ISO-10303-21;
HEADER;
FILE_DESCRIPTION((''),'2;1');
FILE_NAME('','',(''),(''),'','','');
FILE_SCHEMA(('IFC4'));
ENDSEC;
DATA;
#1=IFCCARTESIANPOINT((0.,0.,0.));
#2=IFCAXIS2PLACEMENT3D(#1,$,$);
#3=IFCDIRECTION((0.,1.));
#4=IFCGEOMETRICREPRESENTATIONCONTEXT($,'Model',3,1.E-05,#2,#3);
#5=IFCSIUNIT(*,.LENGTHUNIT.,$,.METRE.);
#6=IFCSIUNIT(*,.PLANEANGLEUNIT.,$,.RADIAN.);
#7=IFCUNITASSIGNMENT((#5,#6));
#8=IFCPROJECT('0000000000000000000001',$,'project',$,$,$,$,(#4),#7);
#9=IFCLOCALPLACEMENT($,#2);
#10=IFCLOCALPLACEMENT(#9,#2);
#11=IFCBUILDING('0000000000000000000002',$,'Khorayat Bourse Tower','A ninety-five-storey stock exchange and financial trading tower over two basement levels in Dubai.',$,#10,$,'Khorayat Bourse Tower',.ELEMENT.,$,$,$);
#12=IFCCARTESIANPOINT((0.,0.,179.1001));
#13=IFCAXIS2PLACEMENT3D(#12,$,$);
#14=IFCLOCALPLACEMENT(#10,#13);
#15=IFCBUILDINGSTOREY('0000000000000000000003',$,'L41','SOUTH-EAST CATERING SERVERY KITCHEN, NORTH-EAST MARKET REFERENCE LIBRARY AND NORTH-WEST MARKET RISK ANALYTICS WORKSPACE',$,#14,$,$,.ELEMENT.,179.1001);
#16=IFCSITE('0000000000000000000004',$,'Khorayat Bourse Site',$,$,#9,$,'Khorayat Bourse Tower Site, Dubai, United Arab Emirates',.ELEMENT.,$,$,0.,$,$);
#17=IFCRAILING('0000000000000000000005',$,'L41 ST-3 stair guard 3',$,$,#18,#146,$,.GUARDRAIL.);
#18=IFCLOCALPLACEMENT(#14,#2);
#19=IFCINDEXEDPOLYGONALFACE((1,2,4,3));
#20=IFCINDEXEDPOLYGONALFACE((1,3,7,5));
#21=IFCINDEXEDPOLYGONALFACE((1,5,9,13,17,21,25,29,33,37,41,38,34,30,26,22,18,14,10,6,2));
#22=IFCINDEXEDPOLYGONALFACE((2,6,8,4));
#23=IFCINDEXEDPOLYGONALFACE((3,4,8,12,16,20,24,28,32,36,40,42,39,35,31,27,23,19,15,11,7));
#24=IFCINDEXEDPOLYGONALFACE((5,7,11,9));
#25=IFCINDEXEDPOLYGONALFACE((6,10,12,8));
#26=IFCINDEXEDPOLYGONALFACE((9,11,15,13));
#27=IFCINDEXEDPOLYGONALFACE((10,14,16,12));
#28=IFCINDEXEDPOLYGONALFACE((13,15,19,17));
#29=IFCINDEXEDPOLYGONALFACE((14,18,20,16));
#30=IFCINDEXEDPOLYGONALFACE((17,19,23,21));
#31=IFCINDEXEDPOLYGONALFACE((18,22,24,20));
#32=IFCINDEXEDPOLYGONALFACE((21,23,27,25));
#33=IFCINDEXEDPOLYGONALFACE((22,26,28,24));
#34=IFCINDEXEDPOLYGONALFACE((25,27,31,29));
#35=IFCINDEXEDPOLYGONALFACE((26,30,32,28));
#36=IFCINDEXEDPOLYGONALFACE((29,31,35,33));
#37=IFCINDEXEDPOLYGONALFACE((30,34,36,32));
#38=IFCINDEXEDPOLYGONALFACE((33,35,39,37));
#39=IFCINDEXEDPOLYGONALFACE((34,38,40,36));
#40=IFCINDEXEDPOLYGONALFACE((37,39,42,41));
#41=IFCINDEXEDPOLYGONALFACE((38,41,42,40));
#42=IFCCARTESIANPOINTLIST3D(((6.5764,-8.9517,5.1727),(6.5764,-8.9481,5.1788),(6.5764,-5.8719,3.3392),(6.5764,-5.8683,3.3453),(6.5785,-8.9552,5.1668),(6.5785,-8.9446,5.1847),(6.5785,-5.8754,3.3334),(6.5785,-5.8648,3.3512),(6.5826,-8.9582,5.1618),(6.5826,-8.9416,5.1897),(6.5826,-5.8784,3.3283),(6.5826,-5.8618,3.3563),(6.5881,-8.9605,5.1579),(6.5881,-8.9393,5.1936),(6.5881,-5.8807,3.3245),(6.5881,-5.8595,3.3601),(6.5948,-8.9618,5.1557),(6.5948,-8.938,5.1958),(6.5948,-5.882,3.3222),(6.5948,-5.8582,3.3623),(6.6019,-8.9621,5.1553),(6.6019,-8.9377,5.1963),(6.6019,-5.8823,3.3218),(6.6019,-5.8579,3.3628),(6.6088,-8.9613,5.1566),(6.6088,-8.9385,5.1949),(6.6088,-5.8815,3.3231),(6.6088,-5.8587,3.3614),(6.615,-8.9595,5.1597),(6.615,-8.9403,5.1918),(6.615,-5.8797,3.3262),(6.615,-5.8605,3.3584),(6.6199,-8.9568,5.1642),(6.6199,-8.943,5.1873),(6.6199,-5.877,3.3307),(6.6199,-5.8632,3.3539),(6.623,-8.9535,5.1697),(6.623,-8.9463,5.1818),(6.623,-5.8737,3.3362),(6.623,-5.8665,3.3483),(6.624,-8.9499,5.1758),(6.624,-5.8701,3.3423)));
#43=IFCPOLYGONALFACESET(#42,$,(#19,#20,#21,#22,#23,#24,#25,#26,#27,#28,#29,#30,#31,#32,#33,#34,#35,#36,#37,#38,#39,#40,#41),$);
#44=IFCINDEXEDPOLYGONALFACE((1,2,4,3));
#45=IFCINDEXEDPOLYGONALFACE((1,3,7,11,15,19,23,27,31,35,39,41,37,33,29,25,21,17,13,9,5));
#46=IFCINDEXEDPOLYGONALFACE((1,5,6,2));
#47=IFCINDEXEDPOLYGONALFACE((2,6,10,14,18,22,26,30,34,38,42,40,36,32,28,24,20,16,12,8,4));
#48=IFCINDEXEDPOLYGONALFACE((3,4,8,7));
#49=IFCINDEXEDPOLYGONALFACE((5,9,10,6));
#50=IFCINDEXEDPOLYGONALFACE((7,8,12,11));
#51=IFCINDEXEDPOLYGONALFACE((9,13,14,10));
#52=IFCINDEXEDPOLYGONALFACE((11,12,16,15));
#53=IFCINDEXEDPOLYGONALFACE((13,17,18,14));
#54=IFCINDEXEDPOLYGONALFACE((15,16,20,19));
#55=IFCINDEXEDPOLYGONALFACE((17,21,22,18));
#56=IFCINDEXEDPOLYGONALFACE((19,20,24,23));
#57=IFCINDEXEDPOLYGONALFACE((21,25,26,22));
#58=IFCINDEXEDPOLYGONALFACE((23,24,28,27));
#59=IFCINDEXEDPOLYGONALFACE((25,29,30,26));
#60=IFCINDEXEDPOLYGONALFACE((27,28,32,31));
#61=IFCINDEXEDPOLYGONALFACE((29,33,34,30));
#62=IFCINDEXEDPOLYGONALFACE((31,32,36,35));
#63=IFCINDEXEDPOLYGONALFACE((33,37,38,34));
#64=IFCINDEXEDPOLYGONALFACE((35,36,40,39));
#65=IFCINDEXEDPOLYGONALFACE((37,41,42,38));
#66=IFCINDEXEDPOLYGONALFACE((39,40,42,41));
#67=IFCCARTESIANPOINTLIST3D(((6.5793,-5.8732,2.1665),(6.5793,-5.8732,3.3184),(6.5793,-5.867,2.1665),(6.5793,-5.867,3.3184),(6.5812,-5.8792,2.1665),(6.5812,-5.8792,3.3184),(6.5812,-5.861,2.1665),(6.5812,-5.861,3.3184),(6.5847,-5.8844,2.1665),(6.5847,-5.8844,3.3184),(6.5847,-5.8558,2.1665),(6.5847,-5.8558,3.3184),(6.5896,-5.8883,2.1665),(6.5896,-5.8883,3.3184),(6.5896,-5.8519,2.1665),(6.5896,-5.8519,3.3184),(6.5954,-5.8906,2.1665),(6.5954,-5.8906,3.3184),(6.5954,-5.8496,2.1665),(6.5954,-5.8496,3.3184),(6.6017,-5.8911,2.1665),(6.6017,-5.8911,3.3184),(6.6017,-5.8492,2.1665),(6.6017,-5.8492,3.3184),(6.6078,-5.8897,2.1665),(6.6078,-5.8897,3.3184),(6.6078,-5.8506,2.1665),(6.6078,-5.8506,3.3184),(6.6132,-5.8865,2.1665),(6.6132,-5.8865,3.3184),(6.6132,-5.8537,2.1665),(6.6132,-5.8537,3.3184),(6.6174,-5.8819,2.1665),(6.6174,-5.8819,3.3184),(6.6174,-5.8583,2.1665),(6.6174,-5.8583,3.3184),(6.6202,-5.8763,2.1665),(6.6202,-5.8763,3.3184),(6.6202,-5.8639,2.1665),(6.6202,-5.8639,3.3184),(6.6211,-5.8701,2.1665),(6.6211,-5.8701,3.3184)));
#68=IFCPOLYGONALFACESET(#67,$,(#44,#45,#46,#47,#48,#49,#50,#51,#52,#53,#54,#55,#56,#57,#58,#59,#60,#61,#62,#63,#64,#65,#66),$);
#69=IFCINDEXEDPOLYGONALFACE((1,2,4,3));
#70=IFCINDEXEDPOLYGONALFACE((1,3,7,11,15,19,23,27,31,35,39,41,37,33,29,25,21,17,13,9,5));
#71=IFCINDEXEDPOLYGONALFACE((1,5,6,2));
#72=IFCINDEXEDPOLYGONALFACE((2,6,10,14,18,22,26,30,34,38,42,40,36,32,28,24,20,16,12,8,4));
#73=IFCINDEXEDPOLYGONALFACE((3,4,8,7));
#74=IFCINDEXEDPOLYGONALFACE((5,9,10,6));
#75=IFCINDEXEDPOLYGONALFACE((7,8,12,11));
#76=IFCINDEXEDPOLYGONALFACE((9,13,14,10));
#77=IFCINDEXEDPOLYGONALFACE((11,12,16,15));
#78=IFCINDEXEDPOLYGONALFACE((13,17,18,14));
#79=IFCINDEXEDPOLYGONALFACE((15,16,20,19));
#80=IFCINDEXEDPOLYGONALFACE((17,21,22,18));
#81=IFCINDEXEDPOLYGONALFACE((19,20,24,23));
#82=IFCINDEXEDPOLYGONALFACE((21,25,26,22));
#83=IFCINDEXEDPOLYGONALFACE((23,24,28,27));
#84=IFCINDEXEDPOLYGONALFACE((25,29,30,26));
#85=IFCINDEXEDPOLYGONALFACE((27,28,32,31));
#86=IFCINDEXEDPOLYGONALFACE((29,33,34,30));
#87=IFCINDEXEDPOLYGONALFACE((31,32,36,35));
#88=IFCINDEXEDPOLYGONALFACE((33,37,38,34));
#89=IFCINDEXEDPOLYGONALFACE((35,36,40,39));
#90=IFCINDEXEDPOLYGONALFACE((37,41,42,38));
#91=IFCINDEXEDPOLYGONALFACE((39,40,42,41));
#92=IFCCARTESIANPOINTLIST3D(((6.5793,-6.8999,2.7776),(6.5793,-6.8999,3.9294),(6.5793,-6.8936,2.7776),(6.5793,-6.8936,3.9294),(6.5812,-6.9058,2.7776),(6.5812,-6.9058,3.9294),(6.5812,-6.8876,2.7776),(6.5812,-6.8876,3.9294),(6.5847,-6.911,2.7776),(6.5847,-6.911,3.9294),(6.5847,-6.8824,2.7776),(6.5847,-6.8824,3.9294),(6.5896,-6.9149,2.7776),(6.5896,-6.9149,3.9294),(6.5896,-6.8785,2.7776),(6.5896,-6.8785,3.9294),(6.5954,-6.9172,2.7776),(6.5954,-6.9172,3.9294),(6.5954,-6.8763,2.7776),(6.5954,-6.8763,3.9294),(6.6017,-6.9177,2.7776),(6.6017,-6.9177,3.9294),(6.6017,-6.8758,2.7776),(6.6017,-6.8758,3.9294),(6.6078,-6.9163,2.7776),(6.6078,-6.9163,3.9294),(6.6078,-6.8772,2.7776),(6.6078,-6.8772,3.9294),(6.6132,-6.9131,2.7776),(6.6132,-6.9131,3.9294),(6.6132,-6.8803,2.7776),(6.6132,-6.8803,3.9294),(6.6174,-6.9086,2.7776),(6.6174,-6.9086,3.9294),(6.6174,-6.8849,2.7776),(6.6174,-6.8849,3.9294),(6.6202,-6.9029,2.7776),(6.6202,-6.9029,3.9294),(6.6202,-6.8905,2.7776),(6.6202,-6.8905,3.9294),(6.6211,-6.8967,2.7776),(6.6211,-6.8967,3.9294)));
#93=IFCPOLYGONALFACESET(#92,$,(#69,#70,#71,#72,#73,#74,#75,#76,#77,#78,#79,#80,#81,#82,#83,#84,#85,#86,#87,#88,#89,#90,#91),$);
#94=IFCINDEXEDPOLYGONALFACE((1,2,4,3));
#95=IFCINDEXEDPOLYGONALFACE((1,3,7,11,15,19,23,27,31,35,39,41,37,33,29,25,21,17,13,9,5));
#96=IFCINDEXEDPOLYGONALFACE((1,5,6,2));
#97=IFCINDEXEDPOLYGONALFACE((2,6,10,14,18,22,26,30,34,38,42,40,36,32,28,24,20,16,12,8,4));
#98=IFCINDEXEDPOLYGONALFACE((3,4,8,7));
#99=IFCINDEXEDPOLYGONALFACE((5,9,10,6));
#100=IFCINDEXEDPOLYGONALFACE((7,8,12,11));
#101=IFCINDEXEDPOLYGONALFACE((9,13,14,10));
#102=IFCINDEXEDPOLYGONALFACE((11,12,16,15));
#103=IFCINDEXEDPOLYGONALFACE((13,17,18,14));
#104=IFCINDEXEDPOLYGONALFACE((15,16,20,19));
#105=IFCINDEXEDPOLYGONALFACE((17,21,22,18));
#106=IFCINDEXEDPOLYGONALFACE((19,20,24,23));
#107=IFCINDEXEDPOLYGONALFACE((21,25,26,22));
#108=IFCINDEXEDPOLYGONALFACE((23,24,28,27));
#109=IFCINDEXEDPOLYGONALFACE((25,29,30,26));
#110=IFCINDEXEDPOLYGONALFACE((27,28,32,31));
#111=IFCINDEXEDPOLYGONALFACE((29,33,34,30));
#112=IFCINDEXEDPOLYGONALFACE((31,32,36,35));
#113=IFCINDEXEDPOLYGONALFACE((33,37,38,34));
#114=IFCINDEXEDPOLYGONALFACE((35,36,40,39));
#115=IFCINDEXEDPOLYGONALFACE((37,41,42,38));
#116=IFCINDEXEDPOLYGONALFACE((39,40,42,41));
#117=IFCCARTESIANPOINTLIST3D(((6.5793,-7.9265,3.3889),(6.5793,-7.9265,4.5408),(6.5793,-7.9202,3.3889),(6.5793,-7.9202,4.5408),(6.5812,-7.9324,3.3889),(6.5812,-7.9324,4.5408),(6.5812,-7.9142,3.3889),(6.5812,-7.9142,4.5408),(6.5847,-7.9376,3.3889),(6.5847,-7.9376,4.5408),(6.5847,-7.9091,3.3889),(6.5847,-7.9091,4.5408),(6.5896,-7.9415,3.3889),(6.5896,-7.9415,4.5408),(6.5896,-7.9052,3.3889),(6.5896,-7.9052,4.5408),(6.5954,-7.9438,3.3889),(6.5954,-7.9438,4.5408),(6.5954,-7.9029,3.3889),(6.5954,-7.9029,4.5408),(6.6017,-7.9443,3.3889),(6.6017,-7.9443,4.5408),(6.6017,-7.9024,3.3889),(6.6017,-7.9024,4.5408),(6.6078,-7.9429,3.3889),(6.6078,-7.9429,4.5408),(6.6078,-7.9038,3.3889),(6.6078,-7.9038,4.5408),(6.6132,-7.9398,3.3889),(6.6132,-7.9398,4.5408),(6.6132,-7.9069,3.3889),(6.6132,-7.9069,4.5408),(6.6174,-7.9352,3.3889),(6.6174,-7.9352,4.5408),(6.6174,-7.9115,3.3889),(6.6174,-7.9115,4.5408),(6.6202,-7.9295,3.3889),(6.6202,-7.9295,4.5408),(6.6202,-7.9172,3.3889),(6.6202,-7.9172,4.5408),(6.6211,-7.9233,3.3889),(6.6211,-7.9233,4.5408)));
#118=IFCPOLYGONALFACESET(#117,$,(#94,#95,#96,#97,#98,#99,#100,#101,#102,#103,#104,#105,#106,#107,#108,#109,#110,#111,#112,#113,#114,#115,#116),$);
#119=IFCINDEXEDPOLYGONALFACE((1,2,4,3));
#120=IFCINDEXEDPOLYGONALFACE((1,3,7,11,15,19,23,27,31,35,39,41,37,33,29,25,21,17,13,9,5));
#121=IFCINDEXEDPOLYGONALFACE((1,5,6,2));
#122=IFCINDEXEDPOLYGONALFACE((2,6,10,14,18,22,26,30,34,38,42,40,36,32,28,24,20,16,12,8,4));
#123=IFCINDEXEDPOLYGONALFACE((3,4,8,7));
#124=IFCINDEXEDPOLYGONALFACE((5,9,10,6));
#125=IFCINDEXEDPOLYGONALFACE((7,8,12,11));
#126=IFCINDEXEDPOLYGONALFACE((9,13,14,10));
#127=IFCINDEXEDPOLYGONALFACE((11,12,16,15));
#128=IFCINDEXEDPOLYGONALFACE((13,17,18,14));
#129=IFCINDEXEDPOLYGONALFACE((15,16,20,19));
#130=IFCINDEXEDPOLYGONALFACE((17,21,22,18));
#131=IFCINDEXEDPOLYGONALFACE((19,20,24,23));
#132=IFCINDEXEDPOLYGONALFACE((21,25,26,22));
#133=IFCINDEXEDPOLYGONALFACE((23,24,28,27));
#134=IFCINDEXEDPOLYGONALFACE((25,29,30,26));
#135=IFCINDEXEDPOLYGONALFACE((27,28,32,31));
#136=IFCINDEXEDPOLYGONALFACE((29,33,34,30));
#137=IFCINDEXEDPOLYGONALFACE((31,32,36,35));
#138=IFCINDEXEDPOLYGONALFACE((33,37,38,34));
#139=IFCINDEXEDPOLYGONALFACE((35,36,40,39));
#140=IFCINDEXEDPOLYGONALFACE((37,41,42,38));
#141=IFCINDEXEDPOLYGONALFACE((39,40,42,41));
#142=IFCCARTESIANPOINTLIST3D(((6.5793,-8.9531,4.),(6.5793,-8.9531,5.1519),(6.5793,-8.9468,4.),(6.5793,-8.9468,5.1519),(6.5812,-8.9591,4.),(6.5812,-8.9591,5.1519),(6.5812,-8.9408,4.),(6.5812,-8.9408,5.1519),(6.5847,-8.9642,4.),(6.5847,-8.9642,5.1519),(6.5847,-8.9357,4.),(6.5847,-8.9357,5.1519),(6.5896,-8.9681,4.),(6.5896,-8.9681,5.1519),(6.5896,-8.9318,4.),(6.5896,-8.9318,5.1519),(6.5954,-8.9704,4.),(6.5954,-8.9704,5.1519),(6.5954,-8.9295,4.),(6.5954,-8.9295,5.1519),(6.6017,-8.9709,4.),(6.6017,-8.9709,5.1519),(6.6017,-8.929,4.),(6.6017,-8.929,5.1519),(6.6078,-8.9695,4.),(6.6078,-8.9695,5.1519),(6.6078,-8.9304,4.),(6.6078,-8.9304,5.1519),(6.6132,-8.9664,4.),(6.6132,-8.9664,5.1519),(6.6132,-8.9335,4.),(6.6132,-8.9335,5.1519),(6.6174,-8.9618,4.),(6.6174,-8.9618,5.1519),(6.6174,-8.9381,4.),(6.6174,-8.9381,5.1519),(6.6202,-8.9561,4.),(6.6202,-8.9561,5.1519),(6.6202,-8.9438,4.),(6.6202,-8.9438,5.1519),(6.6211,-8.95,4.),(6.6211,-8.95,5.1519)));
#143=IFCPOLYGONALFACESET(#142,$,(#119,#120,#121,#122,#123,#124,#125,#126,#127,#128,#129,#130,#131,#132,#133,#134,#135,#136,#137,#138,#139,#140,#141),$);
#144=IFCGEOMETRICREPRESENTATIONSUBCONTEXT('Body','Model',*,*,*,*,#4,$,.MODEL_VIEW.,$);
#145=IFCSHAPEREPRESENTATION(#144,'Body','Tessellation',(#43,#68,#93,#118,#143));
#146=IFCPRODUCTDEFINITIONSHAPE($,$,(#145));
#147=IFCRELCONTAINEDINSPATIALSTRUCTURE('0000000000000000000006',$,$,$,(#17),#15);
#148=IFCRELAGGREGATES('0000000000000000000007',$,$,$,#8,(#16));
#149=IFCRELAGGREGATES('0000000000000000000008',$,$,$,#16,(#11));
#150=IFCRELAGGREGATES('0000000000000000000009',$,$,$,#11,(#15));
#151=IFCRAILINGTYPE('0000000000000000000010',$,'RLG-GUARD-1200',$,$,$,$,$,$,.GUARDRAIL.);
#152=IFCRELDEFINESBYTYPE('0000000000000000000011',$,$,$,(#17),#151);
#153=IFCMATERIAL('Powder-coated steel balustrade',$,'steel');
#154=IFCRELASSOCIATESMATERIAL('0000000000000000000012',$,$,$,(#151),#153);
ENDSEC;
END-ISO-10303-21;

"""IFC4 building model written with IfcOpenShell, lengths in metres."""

from ifc_helpers import new_model, si_unit, direction, frame, origin, origin_2d, place, context, subcontext, project, spatial, circle, extrude, source, transform, mapped, material, type_object, element, save


model = new_model("IFC4")

# Units and contexts
model_context = context("Model", 3, precision=1e-05, world=origin(), true_north=direction((0.0, 1.0)))
body_context = subcontext(model_context, "Body", "Model", "MODEL_VIEW")
ifc_project = project(units=[si_unit("LENGTHUNIT", "METRE"), si_unit("PLANEANGLEUNIT", "RADIAN")], contexts=[model_context])

# Site, building, storey
site_placement = place(None, origin())
site = spatial("IfcSite", under=ifc_project, at=site_placement, Name="Khorayat Bourse Site", LongName="Khorayat Bourse Tower Site, Dubai, United Arab Emirates", CompositionType="ELEMENT", RefElevation=0.0)
building_placement = place(site_placement, origin())
building = spatial("IfcBuilding", under=site, at=building_placement, Name="Khorayat Bourse Tower", Description="A ninety-five-storey stock exchange and financial trading tower over two basement levels in Dubai.", LongName="Khorayat Bourse Tower", CompositionType="ELEMENT")
storey_placement = place(building_placement, frame((0.0, 0.0, 179.1001)))
storey = spatial("IfcBuildingStorey", under=building, at=storey_placement, Name="L41", Description="SOUTH-EAST CATERING SERVERY KITCHEN, NORTH-EAST MARKET REFERENCE LIBRARY AND NORTH-WEST MARKET RISK ANALYTICS WORKSPACE", CompositionType="ELEMENT", Elevation=179.1001)

# Railing
ifc_material_1 = material(Name="Powder-coated steel balustrade", Category="steel")
railing_type_1 = type_object("IfcRailingType", Name="RLG-GUARD-1200", PredefinedType="GUARDRAIL", material=ifc_material_1)
shared_shape_1 = source(origin(), body_context, "Body", "SweptSolid", [
    extrude(circle(Radius=0.0239, at=origin_2d()), frame((0.0, 0.0, 1.1758), z_axis=(0.0, -0.859261, 0.511538), x_axis=(1.0, 0.0, 0.0)), (0.0, 0.0, 1.0), 3.5842),
    extrude(circle(Radius=0.021, at=origin_2d()), origin(), (0.0, 0.0, 1.0), 1.1519),
    extrude(circle(Radius=0.021, at=origin_2d()), frame((0.0, -1.0266, 0.6111)), (0.0, 0.0, 1.0), 1.1519),
    extrude(circle(Radius=0.021, at=origin_2d()), frame((0.0, -2.0532, 1.2224)), (0.0, 0.0, 1.0), 1.1519),
    extrude(circle(Radius=0.021, at=origin_2d()), frame((0.0, -3.0798, 1.8335)), (0.0, 0.0, 1.0), 1.1519),
])
railing_1_placement = place(storey_placement, frame((6.6001, -5.8701, 2.1665)))
element("IfcRailing", 1, at=railing_1_placement, inside=storey, type_object=railing_type_1, Name="L41 ST-3 stair guard 3", PredefinedType="GUARDRAIL", context=body_context, shape_type="MappedRepresentation", body=[
    mapped(shared_shape_1, transform((0.0, 0.0, 0.0), scale=1.0)),
])

save(model, "model.ifc")
